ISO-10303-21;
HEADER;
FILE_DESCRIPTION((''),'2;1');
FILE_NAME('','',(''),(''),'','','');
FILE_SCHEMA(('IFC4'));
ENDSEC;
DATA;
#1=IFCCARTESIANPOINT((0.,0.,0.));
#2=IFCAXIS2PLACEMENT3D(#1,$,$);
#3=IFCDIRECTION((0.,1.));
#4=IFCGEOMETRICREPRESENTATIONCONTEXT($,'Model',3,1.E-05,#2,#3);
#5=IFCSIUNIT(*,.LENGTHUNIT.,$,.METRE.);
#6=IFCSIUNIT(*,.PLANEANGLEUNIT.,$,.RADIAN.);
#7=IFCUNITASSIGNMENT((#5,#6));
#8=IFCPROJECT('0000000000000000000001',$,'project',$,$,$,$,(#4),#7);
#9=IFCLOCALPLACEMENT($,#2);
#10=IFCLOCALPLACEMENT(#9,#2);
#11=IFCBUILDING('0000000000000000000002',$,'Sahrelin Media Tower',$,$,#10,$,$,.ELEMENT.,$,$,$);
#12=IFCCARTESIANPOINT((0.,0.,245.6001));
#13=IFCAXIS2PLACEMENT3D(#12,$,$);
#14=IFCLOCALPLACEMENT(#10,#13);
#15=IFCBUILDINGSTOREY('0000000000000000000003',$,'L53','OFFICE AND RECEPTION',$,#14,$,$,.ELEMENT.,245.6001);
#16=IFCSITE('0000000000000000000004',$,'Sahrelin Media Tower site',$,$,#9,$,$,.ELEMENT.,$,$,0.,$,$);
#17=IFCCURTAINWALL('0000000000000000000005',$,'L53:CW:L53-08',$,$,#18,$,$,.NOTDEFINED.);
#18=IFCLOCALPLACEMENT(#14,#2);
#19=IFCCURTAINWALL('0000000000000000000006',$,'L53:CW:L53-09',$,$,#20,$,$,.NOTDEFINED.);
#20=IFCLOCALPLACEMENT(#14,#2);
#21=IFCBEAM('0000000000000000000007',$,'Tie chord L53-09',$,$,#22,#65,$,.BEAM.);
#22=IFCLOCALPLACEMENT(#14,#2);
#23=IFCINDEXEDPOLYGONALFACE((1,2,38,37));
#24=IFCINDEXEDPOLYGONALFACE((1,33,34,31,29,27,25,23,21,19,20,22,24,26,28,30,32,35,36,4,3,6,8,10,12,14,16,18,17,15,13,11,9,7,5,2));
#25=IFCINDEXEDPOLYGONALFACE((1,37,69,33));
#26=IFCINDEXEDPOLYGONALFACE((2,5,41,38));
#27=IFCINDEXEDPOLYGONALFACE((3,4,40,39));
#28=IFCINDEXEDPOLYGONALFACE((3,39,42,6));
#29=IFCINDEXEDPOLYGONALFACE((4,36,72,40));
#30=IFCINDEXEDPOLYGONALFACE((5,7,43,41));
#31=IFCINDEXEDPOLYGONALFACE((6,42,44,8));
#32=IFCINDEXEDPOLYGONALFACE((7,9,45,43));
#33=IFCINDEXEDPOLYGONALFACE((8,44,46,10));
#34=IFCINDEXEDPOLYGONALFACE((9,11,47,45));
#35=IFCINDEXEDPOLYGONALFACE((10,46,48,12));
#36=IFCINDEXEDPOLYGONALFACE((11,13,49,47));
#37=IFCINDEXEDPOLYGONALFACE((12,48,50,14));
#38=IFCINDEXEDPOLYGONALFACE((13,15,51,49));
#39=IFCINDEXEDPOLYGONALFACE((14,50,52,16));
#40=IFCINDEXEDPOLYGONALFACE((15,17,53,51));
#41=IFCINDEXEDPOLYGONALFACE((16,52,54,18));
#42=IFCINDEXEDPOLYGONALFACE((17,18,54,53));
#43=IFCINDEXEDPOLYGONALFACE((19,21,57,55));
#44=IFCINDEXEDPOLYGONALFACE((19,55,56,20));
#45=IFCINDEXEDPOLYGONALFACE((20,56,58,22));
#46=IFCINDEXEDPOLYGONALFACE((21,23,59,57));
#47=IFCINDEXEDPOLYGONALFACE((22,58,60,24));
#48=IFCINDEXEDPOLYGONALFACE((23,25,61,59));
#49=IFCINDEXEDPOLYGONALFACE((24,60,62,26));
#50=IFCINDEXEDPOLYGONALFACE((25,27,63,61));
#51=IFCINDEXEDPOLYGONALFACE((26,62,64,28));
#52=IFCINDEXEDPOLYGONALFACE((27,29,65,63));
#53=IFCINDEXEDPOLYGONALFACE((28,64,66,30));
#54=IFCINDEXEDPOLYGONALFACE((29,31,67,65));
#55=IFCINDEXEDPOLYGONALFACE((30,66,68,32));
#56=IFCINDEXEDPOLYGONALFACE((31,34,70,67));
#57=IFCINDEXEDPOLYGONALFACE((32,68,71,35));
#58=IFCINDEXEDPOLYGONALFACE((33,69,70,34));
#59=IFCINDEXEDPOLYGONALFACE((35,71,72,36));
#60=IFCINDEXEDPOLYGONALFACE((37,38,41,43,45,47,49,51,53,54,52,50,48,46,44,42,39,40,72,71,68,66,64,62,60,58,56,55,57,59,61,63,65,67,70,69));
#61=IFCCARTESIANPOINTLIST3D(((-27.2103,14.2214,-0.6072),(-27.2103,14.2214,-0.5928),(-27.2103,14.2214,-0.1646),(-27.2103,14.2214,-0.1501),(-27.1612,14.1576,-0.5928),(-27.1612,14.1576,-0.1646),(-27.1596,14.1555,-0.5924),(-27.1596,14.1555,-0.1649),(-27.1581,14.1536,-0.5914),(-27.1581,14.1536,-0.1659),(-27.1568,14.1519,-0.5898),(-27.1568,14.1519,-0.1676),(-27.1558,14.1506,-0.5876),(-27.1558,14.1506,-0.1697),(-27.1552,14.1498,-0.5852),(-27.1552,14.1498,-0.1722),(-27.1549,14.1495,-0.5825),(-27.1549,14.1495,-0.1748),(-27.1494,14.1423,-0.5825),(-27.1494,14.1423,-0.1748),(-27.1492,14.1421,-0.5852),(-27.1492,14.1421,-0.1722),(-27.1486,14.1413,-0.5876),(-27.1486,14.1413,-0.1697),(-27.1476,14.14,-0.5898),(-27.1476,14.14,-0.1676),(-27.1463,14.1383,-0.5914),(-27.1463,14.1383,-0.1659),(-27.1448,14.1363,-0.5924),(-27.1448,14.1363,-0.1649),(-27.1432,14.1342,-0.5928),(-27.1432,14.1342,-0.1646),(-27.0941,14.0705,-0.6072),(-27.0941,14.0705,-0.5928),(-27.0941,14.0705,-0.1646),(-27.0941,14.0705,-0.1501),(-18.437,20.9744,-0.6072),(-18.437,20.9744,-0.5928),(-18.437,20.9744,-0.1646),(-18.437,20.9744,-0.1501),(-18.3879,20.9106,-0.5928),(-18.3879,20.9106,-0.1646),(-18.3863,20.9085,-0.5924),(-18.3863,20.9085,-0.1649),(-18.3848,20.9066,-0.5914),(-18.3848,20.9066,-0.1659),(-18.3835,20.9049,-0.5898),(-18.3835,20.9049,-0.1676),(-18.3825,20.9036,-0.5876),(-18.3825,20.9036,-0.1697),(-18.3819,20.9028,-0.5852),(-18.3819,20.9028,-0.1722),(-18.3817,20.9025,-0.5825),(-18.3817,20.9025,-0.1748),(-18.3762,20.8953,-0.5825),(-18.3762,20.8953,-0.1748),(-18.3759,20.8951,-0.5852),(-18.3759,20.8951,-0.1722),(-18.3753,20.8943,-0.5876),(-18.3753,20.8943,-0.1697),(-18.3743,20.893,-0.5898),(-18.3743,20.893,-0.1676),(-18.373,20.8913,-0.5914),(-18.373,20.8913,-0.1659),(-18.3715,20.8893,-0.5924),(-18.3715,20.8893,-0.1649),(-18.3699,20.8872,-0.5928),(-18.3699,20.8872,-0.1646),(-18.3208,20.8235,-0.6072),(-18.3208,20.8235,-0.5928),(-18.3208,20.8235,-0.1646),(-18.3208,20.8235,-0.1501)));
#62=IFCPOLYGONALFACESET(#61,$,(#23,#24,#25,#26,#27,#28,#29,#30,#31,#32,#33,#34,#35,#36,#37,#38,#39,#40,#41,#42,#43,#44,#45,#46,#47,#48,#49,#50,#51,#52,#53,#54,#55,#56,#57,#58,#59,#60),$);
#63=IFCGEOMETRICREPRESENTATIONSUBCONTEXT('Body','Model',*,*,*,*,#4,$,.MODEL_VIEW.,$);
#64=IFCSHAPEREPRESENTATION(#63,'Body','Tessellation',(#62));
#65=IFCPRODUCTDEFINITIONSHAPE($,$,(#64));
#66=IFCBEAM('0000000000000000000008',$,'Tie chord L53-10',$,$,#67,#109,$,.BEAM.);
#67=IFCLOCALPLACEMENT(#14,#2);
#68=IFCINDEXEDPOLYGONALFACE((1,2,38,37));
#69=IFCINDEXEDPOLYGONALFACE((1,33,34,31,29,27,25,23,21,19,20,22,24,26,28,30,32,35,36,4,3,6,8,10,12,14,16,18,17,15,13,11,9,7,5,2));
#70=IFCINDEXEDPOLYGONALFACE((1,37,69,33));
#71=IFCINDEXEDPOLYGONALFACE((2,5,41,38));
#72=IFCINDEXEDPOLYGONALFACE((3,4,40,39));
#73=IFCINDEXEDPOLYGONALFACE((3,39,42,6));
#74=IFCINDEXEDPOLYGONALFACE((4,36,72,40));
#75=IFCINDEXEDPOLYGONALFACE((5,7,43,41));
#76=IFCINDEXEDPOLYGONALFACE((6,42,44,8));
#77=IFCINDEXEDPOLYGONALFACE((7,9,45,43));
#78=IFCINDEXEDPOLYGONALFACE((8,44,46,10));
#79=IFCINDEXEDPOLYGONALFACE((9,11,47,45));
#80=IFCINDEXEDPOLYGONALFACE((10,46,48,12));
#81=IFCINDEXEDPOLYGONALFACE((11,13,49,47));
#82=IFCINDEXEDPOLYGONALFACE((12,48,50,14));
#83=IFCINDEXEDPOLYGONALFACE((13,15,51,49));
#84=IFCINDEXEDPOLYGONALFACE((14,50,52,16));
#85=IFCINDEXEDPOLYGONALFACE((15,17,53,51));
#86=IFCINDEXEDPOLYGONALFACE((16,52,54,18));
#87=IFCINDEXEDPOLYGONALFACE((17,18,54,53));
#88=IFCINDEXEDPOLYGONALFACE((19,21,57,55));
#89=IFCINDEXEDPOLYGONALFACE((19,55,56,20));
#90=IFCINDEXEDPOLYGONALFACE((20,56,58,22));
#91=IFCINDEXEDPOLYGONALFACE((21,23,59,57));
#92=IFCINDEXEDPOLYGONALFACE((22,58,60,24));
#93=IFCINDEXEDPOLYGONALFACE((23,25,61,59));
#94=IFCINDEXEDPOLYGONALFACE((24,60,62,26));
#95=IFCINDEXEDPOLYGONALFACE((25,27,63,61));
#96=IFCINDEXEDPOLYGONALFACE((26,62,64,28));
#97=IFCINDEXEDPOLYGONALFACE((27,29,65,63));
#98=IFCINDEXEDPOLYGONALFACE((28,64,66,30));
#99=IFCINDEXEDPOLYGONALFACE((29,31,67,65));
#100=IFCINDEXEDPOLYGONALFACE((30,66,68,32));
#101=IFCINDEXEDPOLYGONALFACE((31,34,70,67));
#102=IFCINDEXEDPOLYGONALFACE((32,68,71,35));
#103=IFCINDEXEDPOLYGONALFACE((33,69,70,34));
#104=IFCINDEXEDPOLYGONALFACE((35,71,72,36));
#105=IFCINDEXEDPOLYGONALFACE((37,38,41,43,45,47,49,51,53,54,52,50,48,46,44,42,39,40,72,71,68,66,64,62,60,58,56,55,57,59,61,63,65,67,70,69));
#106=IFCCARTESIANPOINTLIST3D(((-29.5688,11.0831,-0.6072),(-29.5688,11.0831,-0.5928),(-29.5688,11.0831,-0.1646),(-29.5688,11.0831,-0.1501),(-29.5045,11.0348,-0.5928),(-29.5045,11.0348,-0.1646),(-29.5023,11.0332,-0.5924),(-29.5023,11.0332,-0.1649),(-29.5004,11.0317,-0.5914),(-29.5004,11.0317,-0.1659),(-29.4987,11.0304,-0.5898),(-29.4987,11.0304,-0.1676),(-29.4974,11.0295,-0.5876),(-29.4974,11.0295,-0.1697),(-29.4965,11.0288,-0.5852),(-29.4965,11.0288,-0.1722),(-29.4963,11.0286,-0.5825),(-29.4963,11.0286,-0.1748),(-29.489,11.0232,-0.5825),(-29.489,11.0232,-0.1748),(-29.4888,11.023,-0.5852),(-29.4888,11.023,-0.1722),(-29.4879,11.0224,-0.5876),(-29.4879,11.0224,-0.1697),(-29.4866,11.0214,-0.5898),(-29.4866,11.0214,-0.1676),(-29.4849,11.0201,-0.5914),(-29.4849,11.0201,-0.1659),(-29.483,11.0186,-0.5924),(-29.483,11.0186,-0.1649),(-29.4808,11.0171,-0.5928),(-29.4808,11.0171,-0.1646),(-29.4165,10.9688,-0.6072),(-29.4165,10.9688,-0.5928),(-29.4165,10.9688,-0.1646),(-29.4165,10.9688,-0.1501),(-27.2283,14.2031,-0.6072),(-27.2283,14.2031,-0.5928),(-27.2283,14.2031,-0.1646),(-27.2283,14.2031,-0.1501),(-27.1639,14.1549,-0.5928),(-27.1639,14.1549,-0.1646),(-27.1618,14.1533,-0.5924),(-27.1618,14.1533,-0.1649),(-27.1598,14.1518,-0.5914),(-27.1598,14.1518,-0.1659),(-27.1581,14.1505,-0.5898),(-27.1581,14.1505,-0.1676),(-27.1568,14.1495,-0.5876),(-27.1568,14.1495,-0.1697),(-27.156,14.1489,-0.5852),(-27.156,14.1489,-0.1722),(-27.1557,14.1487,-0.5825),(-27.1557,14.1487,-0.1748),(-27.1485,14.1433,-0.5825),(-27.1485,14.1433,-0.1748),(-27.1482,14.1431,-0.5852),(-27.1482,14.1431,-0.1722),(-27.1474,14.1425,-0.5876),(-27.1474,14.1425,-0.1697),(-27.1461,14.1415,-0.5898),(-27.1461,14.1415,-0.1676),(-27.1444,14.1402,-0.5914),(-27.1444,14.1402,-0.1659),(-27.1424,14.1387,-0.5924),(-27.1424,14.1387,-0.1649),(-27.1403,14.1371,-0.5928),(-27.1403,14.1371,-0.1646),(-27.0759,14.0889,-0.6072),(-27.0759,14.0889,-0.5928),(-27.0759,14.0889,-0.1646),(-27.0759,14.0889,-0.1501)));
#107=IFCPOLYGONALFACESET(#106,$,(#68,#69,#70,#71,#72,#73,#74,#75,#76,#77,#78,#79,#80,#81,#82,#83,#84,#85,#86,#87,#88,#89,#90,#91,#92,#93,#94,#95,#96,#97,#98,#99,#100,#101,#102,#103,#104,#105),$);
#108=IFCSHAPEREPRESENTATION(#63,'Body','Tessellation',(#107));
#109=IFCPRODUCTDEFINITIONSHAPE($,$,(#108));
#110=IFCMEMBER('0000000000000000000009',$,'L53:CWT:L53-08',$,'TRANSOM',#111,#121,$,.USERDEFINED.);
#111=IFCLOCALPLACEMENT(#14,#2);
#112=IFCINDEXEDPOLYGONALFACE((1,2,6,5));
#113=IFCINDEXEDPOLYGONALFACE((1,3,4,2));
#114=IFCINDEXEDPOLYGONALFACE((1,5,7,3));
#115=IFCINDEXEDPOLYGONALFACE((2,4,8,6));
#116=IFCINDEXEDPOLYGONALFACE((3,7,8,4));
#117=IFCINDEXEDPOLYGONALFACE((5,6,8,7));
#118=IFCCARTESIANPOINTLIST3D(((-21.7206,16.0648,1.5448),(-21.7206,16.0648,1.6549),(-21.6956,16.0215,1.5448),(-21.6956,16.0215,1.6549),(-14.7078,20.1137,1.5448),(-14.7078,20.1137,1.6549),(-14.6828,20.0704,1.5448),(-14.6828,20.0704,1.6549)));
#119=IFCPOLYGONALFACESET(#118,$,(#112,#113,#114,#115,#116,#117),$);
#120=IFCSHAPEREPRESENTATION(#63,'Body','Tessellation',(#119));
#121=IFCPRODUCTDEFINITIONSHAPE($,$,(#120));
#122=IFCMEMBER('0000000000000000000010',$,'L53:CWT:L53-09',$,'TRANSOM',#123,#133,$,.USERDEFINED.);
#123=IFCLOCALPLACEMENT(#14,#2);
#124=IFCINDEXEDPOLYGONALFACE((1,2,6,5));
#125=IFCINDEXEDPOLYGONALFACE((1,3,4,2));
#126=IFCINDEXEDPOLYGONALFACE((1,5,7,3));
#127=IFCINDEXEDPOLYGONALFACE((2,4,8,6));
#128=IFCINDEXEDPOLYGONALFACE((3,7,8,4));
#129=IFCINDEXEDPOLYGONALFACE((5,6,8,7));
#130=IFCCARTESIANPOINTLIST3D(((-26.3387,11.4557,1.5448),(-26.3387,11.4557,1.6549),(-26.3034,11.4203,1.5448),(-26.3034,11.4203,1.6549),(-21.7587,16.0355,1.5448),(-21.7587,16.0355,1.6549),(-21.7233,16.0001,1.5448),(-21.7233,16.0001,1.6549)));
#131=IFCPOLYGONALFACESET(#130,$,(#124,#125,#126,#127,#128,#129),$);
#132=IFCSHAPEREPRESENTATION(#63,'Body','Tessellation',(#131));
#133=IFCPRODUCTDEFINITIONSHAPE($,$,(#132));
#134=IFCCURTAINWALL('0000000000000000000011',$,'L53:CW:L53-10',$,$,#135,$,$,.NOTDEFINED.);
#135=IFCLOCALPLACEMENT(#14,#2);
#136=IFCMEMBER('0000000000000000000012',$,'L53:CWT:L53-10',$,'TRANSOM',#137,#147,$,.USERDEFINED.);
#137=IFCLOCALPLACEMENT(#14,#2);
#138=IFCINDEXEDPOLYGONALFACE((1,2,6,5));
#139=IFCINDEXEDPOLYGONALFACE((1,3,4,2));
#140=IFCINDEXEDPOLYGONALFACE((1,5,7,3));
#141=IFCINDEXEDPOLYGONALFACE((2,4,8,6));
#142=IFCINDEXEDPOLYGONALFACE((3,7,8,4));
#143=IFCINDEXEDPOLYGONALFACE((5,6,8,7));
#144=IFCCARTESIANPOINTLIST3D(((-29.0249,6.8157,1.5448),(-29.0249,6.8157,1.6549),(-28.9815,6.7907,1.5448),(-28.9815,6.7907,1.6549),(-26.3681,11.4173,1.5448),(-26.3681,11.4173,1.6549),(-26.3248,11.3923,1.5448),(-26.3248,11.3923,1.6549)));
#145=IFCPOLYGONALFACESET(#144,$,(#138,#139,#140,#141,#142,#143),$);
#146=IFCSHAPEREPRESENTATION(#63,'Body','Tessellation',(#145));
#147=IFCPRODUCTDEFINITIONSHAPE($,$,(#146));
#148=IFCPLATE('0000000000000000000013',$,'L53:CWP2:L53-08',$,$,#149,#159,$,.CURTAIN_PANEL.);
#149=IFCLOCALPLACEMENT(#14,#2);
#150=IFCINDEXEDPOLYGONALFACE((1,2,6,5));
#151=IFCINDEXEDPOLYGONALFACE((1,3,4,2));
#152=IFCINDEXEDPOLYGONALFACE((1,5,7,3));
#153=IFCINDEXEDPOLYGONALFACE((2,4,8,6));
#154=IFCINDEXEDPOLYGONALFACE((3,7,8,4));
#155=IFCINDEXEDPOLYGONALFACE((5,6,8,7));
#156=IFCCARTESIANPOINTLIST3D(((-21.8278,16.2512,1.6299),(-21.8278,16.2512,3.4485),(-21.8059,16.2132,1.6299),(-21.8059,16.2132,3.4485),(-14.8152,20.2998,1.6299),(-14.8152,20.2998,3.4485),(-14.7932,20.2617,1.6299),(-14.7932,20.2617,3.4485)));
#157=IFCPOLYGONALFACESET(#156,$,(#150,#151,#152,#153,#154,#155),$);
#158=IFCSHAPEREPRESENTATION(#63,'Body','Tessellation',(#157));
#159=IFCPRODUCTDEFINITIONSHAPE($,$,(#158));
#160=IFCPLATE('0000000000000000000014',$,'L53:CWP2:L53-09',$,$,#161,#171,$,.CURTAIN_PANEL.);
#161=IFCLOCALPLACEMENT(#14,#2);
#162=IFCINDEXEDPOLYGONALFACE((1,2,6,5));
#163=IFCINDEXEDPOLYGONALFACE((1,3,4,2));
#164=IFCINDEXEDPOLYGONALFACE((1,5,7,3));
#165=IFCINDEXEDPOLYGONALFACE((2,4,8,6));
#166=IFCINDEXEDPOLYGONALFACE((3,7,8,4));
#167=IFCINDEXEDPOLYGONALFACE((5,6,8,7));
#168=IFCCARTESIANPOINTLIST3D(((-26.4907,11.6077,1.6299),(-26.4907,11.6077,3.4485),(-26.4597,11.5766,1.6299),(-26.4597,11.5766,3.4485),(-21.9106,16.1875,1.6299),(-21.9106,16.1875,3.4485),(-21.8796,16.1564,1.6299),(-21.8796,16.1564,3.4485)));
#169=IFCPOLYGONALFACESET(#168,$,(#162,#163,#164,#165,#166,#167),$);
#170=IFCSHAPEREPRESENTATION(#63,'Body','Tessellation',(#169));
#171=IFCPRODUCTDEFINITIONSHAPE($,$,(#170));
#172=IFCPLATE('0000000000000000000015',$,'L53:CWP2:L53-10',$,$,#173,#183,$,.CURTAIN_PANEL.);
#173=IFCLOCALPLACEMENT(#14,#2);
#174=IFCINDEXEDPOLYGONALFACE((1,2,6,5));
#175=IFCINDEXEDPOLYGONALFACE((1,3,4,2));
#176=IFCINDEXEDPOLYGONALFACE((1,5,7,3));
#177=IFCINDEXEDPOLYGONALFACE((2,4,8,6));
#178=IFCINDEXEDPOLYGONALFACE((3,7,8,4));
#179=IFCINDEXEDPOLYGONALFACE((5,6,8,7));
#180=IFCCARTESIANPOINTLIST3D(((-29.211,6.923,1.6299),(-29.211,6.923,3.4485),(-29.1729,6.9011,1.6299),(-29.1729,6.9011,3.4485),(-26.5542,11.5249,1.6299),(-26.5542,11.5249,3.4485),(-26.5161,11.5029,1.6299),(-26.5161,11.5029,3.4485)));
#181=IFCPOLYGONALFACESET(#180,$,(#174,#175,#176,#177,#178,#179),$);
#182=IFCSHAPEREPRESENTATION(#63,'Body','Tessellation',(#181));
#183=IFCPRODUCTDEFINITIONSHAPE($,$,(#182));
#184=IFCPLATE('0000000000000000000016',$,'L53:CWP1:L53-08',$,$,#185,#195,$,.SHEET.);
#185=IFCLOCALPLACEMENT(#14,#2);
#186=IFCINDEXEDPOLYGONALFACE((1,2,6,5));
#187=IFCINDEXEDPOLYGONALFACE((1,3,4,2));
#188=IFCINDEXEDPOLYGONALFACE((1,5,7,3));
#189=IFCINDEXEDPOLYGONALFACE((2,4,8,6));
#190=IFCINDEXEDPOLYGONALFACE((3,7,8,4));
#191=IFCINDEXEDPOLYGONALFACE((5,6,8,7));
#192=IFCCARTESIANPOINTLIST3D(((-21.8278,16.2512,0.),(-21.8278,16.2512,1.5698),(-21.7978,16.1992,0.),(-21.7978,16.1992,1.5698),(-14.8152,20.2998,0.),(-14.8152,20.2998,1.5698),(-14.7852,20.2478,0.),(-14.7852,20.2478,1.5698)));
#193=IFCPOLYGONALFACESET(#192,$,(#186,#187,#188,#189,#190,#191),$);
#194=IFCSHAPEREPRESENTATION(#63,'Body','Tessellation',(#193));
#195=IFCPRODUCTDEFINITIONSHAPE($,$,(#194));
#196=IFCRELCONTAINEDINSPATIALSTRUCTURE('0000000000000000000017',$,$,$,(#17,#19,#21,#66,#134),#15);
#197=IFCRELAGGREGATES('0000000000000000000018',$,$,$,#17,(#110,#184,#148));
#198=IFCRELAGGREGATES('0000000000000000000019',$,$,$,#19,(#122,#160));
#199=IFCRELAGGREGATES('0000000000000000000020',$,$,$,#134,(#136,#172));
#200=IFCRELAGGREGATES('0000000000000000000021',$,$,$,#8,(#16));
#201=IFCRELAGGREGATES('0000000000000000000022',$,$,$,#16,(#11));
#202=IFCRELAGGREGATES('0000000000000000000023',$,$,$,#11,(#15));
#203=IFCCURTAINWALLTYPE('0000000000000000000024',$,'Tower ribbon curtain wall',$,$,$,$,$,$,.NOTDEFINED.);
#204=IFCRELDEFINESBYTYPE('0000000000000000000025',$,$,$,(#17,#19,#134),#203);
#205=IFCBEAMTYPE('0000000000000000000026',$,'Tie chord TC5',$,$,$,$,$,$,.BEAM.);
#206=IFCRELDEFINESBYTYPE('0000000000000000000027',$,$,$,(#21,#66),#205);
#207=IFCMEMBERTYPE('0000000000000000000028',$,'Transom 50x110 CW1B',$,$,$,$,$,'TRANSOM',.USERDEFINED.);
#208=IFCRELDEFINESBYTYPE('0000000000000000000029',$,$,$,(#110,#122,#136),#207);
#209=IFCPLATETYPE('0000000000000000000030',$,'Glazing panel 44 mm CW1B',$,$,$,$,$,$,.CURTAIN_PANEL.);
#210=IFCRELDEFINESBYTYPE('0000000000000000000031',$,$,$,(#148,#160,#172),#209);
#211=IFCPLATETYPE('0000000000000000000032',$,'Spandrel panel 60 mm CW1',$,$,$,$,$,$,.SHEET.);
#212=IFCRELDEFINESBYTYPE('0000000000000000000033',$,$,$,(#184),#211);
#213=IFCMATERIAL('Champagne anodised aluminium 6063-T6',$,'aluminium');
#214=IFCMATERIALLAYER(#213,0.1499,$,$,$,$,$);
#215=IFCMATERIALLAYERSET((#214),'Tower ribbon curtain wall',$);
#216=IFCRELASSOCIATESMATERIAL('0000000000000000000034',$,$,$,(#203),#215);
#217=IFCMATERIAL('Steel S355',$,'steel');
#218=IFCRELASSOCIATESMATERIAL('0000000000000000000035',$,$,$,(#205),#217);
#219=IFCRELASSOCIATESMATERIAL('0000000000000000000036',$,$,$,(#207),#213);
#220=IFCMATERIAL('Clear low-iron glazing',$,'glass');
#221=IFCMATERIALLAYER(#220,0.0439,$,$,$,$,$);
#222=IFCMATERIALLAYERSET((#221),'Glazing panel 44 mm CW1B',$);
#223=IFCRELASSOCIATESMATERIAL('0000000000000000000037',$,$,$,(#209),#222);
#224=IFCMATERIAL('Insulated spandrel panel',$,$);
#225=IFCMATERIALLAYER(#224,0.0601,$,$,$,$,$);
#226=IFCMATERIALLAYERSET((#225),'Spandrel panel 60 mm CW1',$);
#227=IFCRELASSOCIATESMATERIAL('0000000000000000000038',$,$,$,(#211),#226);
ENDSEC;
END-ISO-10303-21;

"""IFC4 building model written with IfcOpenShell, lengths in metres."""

from ifc_helpers import new_model, si_unit, direction, frame, origin, origin_2d, place, context, subcontext, project, spatial, polyline, rectangle, i_section, outline, extrude, material, layer, layer_set, material_profile, profile_set, type_object, element, aggregate, save


model = new_model("IFC4")

# Units and contexts
model_context = context("Model", 3, precision=1e-05, world=origin(), true_north=direction((0.0, 1.0)))
body_context = subcontext(model_context, "Body", "Model", "MODEL_VIEW")
ifc_project = project(units=[si_unit("LENGTHUNIT", "METRE"), si_unit("PLANEANGLEUNIT", "RADIAN")], contexts=[model_context])

# Site, building, storey
site_placement = place(None, origin())
site = spatial("IfcSite", under=ifc_project, at=site_placement, Name="Sahrelin Media Tower site", CompositionType="ELEMENT", RefElevation=0.0)
building_placement = place(site_placement, origin())
building = spatial("IfcBuilding", under=site, at=building_placement, Name="Sahrelin Media Tower", CompositionType="ELEMENT")
storey_placement = place(building_placement, frame((0.0, 0.0, 245.6001)))
storey = spatial("IfcBuildingStorey", under=building, at=storey_placement, Name="L53", Description="OFFICE AND RECEPTION", CompositionType="ELEMENT", Elevation=245.6001)

# Shared definitions
ifc_material_1 = material(Name="Steel S355", Category="steel")

# Curtain walls
ifc_material_2 = material(Name="Champagne anodised aluminium 6063-T6", Category="aluminium")
ifc_layer_1 = layer(ifc_material_2, 0.1499)
ifc_layer_set_1 = layer_set([ifc_layer_1], Name="Tower ribbon curtain wall")
curtain_wall_type = type_object("IfcCurtainWallType", Name="Tower ribbon curtain wall", PredefinedType="NOTDEFINED", material=ifc_layer_set_1)
curtain_wall_1_placement = place(storey_placement, frame((-18.3115, 18.2581, 0.0), z_axis=(0.0, 0.0, 1.0), x_axis=(1.0, 0.0, 0.0)))
curtain_wall_1 = element("IfcCurtainWall", 1, at=curtain_wall_1_placement, inside=storey, type_object=curtain_wall_type, Name="L53:CW:L53-08", PredefinedType="NOTDEFINED")
curtain_wall_2_placement = place(storey_placement, frame((-24.1865, 13.8835, 0.0), z_axis=(0.0, 0.0, 1.0), x_axis=(1.0, 0.0, 0.0)))
curtain_wall_2 = element("IfcCurtainWall", 2, at=curtain_wall_2_placement, inside=storey, type_object=curtain_wall_type, Name="L53:CW:L53-09", PredefinedType="NOTDEFINED")

# Beams
ifc_material_profile_1 = material_profile(ifc_material_1, i_section(OverallWidth=0.1904, OverallDepth=0.457, WebThickness=0.009, FlangeThickness=0.0144, FilletRadius=0.0103, at=origin_2d()), Name="UB 457x191x74")
ifc_profile_set_1 = profile_set([ifc_material_profile_1], Name="Steel S355")
beam_type_1 = type_object("IfcBeamType", Name="Tie chord TC5", PredefinedType="BEAM", material=ifc_profile_set_1)
beam_1_placement = place(storey_placement, frame((-18.3789, 20.8989, -0.3787), z_axis=(-0.792435, -0.609956, 0.0), x_axis=(0.609956, -0.792435, 0.0)))
element("IfcBeam", 3, at=beam_1_placement, inside=storey, type_object=beam_type_1, Name="Tie chord L53-09", PredefinedType="BEAM", context=body_context, shape_type="SweptSolid", body=[
    extrude(i_section(OverallWidth=0.1904, OverallDepth=0.457, WebThickness=0.009, FlangeThickness=0.0144, FilletRadius=0.0103, at=origin_2d()), origin(), (0.0, 0.0, 1.0), 11.0713),
])
beam_2_placement = place(storey_placement, frame((-27.1521, 14.146, -0.3787), z_axis=(-0.60008, -0.79994, 0.0), x_axis=(0.79994, -0.60008, 0.0)))
element("IfcBeam", 4, at=beam_2_placement, inside=storey, type_object=beam_type_1, Name="Tie chord L53-10", PredefinedType="BEAM", context=body_context, shape_type="SweptSolid", body=[
    extrude(i_section(OverallWidth=0.1904, OverallDepth=0.457, WebThickness=0.009, FlangeThickness=0.0144, FilletRadius=0.0103, at=origin_2d()), origin(), (0.0, 0.0, 1.0), 3.9004),
])

# Members
ifc_material_profile_2 = material_profile(ifc_material_2, rectangle(XDim=0.05, YDim=0.1101, at=origin_2d()), Name="Transom 50x110")
ifc_profile_set_2 = profile_set([ifc_material_profile_2], Name="Champagne anodised aluminium 6063-T6")
member_type_1 = type_object("IfcMemberType", Name="Transom 50x110 CW1B", ElementType="TRANSOM", PredefinedType="USERDEFINED", material=ifc_profile_set_2)
member_1_placement = place(storey_placement, frame((-14.6953, 20.092, 1.5999), z_axis=(-0.866023, -0.500004, 0.0), x_axis=(0.500004, -0.866023, 0.0)))
member_1 = element("IfcMember", 5, at=member_1_placement, type_object=member_type_1, Name="L53:CWT:L53-08", ObjectType="TRANSOM", PredefinedType="USERDEFINED", context=body_context, shape_type="SweptSolid", body=[
    extrude(rectangle(XDim=0.05, YDim=0.1101, at=origin_2d()), origin(), (0.0, 0.0, 1.0), 8.0977),
])
member_2_placement = place(storey_placement, frame((-21.741, 16.0178, 1.5999), z_axis=(-0.707126, -0.707088, 0.0), x_axis=(0.707088, -0.707126, 0.0)))
member_2 = element("IfcMember", 6, at=member_2_placement, type_object=member_type_1, Name="L53:CWT:L53-09", ObjectType="TRANSOM", PredefinedType="USERDEFINED", context=body_context, shape_type="SweptSolid", body=[
    extrude(rectangle(XDim=0.05, YDim=0.1101, at=origin_2d()), origin(), (0.0, 0.0, 1.0), 6.4771),
])

# Curtain wall, member
curtain_wall_3_placement = place(storey_placement, frame((-27.8652, 9.2141, 0.0), z_axis=(0.0, 0.0, 1.0), x_axis=(1.0, 0.0, 0.0)))
curtain_wall_3 = element("IfcCurtainWall", 7, at=curtain_wall_3_placement, inside=storey, type_object=curtain_wall_type, Name="L53:CW:L53-10", PredefinedType="NOTDEFINED")
member_3_placement = place(storey_placement, frame((-26.3464, 11.4048, 1.5999), z_axis=(-0.500004, -0.866023, 0.0), x_axis=(0.866023, -0.500004, 0.0)))
member_3 = element("IfcMember", 8, at=member_3_placement, type_object=member_type_1, Name="L53:CWT:L53-10", ObjectType="TRANSOM", PredefinedType="USERDEFINED", context=body_context, shape_type="SweptSolid", body=[
    extrude(rectangle(XDim=0.05, YDim=0.1101, at=origin_2d()), origin(), (0.0, 0.0, 1.0), 5.3135),
])

# Plates
ifc_material_3 = material(Name="Clear low-iron glazing", Category="glass")
ifc_layer_2 = layer(ifc_material_3, 0.0439)
ifc_layer_set_2 = layer_set([ifc_layer_2], Name="Glazing panel 44 mm CW1B")
plate_type_1 = type_object("IfcPlateType", Name="Glazing panel 44 mm CW1B", PredefinedType="CURTAIN_PANEL", material=ifc_layer_set_2)
plate_1_placement = place(storey_placement, frame((-14.8152, 20.2998, 1.6299), z_axis=(-0.499982, 0.866036, 0.0), x_axis=(-0.866036, -0.499982, 0.0)))
plate_1 = element("IfcPlate", 9, at=plate_1_placement, type_object=plate_type_1, Name="L53:CWP2:L53-08", PredefinedType="CURTAIN_PANEL", context=body_context, shape_type="SweptSolid", body=[
    extrude(outline(polyline([(0.0, 0.0), (8.0974, 0.0), (8.0974, 1.8186), (0.0, 1.8186), (0.0, 0.0)])), origin(), (0.0, 0.0, -1.0), 0.0439),
])
plate_2_placement = place(storey_placement, frame((-21.9106, 16.1875, 1.6299), z_axis=(-0.707088, 0.707126, 0.0), x_axis=(-0.707126, -0.707088, 0.0)))
plate_2 = element("IfcPlate", 10, at=plate_2_placement, type_object=plate_type_1, Name="L53:CWP2:L53-09", PredefinedType="CURTAIN_PANEL", context=body_context, shape_type="SweptSolid", body=[
    extrude(outline(polyline([(0.0, 0.0), (6.4771, 0.0), (6.4771, 1.8186), (0.0, 1.8186), (0.0, 0.0)])), origin(), (0.0, 0.0, -1.0), 0.0439),
])
plate_3_placement = place(storey_placement, frame((-26.5542, 11.5249, 1.6299), z_axis=(-0.866035, 0.499984, 0.0), x_axis=(-0.499984, -0.866035, 0.0)))
plate_3 = element("IfcPlate", 11, at=plate_3_placement, type_object=plate_type_1, Name="L53:CWP2:L53-10", PredefinedType="CURTAIN_PANEL", context=body_context, shape_type="SweptSolid", body=[
    extrude(outline(polyline([(0.0, 0.0), (5.3137, 0.0), (5.3137, 1.8186), (0.0, 1.8186), (0.0, 0.0)])), origin(), (0.0, 0.0, -1.0), 0.0439),
])
ifc_material_4 = material(Name="Insulated spandrel panel")
ifc_layer_3 = layer(ifc_material_4, 0.0601)
ifc_layer_set_3 = layer_set([ifc_layer_3], Name="Spandrel panel 60 mm CW1")
plate_type_2 = type_object("IfcPlateType", Name="Spandrel panel 60 mm CW1", PredefinedType="SHEET", material=ifc_layer_set_3)
plate_4_placement = place(storey_placement, frame((-14.8152, 20.2998, 0.0), z_axis=(-0.499982, 0.866036, 0.0), x_axis=(-0.866036, -0.499982, 0.0)))
plate_4 = element("IfcPlate", 12, at=plate_4_placement, type_object=plate_type_2, Name="L53:CWP1:L53-08", PredefinedType="SHEET", context=body_context, shape_type="SweptSolid", body=[
    extrude(outline(polyline([(0.0, 0.0), (8.0974, 0.0), (8.0974, 1.5698), (0.0, 1.5698), (0.0, 0.0)])), origin(), (0.0, 0.0, -1.0), 0.0601),
])
aggregate(curtain_wall_1, [member_1, plate_4, plate_1])
aggregate(curtain_wall_2, [member_2, plate_2])
aggregate(curtain_wall_3, [member_3, plate_3])

save(model, "model.ifc")
